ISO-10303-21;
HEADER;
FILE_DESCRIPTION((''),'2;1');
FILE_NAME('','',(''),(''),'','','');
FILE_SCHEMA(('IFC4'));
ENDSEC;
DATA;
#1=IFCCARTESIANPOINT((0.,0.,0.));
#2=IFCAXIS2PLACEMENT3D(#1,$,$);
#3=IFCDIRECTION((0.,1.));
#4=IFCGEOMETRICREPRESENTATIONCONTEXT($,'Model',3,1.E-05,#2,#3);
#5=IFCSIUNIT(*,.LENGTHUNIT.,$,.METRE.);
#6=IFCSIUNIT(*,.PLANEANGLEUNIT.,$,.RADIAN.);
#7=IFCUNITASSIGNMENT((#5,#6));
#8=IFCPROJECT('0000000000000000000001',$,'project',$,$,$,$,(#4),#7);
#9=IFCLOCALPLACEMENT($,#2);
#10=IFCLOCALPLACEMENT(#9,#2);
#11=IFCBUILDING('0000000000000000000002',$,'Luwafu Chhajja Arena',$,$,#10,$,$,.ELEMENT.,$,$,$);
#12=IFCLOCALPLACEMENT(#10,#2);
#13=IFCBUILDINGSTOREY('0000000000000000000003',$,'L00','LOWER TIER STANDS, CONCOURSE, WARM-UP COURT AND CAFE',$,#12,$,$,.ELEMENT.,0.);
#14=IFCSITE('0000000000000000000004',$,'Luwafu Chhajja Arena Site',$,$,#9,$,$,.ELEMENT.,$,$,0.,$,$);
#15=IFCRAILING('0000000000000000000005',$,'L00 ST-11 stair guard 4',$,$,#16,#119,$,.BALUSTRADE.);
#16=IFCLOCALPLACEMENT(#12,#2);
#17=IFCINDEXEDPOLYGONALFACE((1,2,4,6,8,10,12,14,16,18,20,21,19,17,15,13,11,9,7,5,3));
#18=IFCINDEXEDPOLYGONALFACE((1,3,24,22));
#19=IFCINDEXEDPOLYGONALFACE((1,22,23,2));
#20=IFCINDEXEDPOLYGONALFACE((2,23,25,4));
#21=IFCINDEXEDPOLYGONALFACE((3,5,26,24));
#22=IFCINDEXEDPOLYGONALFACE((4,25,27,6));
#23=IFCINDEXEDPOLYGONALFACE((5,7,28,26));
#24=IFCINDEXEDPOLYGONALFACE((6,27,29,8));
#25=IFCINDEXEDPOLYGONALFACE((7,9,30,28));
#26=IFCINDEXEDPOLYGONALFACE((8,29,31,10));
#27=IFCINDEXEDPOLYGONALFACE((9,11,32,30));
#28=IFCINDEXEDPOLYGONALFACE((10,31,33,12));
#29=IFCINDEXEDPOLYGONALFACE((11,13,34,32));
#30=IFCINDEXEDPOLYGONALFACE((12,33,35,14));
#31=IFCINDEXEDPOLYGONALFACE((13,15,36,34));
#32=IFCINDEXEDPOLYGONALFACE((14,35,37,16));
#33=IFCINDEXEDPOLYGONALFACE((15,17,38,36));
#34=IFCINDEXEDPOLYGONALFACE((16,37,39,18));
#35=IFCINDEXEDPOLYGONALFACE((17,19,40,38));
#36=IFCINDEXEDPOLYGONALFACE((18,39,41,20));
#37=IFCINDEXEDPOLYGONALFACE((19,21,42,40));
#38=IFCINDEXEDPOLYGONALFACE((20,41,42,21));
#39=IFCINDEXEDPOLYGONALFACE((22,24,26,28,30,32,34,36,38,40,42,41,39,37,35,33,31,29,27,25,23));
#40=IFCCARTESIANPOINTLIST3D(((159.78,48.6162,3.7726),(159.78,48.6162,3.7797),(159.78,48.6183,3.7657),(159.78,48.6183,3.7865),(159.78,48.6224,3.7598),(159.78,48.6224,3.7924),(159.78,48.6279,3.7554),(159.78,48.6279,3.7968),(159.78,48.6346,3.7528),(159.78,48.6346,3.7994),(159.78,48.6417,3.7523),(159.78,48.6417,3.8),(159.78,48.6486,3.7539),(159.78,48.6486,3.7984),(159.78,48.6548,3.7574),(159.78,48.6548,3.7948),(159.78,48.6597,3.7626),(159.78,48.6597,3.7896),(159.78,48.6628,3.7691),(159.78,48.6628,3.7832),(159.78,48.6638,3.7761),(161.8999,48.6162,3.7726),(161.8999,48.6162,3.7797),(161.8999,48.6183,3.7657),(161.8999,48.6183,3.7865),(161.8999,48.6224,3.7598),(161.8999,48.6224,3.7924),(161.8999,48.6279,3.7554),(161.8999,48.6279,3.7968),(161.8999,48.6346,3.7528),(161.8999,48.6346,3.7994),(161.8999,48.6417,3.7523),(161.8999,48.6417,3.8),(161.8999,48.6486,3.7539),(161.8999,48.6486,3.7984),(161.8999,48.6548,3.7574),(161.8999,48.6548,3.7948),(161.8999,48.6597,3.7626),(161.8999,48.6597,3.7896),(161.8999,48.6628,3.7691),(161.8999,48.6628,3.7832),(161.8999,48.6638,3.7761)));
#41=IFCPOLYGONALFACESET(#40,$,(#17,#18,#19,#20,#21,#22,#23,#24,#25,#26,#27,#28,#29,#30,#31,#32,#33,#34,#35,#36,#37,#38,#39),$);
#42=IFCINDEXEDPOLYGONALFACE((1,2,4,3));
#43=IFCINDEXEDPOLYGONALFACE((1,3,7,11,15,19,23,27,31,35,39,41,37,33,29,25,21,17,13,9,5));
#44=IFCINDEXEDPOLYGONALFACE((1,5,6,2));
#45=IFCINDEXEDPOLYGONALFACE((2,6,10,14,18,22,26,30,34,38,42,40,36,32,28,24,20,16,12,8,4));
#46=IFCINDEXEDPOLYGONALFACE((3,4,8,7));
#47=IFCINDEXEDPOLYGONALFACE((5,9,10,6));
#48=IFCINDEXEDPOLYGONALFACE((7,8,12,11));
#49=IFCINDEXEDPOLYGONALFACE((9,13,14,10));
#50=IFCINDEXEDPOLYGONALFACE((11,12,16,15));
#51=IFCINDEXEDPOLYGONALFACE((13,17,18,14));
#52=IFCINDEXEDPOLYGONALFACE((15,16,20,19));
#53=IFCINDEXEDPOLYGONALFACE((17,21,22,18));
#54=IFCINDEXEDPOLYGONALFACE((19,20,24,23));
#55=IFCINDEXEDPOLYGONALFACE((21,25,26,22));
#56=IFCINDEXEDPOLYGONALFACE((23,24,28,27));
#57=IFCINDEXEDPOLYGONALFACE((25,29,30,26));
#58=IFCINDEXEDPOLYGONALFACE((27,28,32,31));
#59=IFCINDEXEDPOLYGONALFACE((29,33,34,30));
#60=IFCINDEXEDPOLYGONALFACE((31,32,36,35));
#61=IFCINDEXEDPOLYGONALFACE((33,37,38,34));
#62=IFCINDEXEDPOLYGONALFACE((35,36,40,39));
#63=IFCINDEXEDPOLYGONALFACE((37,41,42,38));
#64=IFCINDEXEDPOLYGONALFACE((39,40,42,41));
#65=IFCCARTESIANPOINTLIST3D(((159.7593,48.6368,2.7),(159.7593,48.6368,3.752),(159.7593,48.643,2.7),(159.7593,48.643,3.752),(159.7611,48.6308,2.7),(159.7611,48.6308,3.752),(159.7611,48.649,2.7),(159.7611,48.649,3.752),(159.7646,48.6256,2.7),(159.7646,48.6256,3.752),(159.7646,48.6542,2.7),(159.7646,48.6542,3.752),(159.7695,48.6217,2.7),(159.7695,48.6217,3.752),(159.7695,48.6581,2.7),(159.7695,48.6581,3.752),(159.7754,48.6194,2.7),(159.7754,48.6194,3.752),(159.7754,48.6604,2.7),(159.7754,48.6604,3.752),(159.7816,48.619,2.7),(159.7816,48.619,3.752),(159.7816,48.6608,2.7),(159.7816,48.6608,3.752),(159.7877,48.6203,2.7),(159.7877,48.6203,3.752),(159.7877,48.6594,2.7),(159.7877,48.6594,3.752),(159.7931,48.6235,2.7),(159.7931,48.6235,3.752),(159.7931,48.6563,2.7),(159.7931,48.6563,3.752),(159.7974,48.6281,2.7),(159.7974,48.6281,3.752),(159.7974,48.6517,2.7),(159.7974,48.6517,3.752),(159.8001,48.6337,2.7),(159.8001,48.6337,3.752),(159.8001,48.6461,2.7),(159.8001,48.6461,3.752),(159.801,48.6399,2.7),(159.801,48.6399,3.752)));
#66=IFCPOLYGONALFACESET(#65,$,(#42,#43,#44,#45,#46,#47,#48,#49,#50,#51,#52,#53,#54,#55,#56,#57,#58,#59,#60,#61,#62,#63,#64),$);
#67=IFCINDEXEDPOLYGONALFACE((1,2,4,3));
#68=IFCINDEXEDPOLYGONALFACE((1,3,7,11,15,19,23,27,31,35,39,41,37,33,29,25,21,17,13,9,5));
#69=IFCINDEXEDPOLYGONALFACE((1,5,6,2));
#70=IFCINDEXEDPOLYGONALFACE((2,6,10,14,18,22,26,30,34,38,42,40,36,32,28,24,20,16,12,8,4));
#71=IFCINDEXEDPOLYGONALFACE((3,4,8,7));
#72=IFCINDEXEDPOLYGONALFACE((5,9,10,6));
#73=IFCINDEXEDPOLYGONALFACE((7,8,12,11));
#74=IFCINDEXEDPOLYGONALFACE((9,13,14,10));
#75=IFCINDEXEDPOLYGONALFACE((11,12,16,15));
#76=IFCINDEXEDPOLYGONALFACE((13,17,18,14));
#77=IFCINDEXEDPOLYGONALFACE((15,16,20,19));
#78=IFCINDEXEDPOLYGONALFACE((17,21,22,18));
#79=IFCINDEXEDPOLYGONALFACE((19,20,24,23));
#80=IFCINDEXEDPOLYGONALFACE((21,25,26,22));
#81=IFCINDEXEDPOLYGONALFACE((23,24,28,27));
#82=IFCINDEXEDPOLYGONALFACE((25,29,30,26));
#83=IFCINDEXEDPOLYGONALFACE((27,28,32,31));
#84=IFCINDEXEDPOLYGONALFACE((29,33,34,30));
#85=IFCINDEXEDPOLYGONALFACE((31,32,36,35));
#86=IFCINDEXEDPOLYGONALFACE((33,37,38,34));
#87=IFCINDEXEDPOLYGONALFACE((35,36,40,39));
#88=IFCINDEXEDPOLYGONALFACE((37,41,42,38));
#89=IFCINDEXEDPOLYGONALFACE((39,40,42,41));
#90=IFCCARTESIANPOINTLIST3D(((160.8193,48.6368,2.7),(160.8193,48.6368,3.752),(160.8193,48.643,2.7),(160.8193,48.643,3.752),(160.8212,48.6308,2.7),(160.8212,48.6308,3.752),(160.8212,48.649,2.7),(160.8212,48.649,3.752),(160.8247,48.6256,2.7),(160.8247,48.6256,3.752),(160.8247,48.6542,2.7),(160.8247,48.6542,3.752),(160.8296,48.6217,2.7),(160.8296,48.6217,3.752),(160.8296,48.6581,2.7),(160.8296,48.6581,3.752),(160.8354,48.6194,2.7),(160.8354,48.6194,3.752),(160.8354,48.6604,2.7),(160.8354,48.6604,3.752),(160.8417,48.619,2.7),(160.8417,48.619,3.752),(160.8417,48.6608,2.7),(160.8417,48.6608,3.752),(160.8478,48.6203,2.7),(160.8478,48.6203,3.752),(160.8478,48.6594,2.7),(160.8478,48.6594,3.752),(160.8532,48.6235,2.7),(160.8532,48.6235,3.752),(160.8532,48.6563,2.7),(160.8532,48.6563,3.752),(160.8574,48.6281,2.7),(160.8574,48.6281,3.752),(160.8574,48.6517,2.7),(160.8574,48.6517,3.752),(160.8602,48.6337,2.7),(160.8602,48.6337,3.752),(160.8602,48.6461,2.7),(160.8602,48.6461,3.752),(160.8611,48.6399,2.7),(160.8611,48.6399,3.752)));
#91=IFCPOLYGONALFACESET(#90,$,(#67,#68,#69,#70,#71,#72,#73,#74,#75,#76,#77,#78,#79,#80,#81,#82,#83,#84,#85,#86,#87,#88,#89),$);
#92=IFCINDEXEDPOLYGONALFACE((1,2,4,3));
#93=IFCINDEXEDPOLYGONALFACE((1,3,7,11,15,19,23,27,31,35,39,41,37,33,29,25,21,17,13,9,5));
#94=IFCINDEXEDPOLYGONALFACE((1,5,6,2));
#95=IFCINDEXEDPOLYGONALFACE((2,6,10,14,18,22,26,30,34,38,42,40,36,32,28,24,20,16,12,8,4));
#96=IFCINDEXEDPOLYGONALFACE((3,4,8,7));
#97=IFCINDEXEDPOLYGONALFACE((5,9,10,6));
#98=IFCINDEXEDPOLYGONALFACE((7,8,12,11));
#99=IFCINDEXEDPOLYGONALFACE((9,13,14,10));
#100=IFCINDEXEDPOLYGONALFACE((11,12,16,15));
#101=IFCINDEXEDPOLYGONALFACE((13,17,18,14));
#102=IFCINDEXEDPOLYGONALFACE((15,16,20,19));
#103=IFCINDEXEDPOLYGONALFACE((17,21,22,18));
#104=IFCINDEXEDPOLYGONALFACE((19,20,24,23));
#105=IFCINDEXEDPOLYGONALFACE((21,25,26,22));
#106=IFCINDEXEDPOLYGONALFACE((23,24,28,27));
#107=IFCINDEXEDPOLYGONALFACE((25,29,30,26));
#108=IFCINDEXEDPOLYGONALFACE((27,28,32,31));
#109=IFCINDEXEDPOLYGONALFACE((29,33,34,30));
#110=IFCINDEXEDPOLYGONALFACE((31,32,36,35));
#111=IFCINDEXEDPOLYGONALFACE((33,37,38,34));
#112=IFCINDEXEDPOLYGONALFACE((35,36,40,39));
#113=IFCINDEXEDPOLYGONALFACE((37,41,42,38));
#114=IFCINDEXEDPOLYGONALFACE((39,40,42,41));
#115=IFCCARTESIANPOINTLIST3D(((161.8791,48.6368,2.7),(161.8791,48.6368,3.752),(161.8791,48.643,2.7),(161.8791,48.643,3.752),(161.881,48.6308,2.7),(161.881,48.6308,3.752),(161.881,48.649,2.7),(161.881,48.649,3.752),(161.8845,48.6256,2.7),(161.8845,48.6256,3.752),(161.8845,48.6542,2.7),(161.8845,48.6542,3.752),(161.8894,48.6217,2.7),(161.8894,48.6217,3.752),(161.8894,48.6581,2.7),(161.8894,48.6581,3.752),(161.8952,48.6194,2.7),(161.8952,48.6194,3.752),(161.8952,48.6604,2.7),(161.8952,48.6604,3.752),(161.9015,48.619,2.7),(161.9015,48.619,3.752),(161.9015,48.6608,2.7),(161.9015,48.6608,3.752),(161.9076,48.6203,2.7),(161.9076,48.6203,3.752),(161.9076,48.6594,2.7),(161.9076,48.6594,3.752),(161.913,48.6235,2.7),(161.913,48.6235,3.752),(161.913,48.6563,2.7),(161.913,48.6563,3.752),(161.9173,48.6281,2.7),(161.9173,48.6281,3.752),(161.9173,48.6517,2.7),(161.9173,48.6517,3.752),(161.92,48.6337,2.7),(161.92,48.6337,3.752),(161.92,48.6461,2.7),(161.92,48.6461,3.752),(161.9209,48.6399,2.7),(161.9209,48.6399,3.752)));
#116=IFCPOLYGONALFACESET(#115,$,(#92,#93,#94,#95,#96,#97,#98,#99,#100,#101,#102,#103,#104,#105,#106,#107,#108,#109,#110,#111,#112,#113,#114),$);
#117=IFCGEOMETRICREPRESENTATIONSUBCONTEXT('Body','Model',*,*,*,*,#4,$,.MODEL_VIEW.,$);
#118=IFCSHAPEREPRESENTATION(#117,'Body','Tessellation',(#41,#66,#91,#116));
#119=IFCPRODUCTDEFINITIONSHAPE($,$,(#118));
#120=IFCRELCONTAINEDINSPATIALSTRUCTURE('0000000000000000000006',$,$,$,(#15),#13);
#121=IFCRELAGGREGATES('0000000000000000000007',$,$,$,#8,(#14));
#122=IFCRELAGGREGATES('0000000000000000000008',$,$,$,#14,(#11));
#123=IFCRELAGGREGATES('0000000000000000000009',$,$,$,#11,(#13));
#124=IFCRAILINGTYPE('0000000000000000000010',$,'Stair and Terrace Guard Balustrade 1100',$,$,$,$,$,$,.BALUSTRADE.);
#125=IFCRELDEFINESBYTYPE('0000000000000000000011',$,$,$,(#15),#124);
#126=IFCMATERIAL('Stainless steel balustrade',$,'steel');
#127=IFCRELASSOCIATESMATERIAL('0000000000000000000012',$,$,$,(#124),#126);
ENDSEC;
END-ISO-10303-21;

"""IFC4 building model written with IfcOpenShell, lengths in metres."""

from ifc_helpers import new_model, si_unit, direction, frame, origin, origin_2d, place, context, subcontext, project, spatial, circle, extrude, material, type_object, element, save


model = new_model("IFC4")

# Units and contexts
model_context = context("Model", 3, precision=1e-05, world=origin(), true_north=direction((0.0, 1.0)))
body_context = subcontext(model_context, "Body", "Model", "MODEL_VIEW")
ifc_project = project(units=[si_unit("LENGTHUNIT", "METRE"), si_unit("PLANEANGLEUNIT", "RADIAN")], contexts=[model_context])

# Site, building, storey
site_placement = place(None, origin())
site = spatial("IfcSite", under=ifc_project, at=site_placement, Name="Luwafu Chhajja Arena Site", CompositionType="ELEMENT", RefElevation=0.0)
building_placement = place(site_placement, origin())
building = spatial("IfcBuilding", under=site, at=building_placement, Name="Luwafu Chhajja Arena", CompositionType="ELEMENT")
storey_placement = place(building_placement, origin())
storey = spatial("IfcBuildingStorey", under=building, at=storey_placement, Name="L00", Description="LOWER TIER STANDS, CONCOURSE, WARM-UP COURT AND CAFE", CompositionType="ELEMENT", Elevation=0.0)

# Railing
ifc_material_1 = material(Name="Stainless steel balustrade", Category="steel")
railing_type_1 = type_object("IfcRailingType", Name="Stair and Terrace Guard Balustrade 1100", PredefinedType="BALUSTRADE", material=ifc_material_1)
for number, where, name in (
    (1, (159.78, 48.6399, 2.7), "L00 ST-11 stair guard 4"),
):
    element("IfcRailing", number, at=place(storey_placement, frame(where)), inside=storey, type_object=railing_type_1, Name=name, PredefinedType="BALUSTRADE", context=body_context, shape_type="SweptSolid", body=[
        extrude(circle(Radius=0.0239, at=origin_2d()), frame((0.0, 0.0, 1.0762), z_axis=(1.0, 0.0, 0.0), x_axis=(0.0, 1.0, 0.0)), (0.0, 0.0, 1.0), 2.1199),
        extrude(circle(Radius=0.021, at=origin_2d()), origin(), (0.0, 0.0, 1.0), 1.052),
        extrude(circle(Radius=0.021, at=origin_2d()), frame((1.0601, 0.0, 0.0)), (0.0, 0.0, 1.0), 1.052),
        extrude(circle(Radius=0.021, at=origin_2d()), frame((2.1199, 0.0, 0.0)), (0.0, 0.0, 1.0), 1.052),
    ])

save(model, "model.ifc")
